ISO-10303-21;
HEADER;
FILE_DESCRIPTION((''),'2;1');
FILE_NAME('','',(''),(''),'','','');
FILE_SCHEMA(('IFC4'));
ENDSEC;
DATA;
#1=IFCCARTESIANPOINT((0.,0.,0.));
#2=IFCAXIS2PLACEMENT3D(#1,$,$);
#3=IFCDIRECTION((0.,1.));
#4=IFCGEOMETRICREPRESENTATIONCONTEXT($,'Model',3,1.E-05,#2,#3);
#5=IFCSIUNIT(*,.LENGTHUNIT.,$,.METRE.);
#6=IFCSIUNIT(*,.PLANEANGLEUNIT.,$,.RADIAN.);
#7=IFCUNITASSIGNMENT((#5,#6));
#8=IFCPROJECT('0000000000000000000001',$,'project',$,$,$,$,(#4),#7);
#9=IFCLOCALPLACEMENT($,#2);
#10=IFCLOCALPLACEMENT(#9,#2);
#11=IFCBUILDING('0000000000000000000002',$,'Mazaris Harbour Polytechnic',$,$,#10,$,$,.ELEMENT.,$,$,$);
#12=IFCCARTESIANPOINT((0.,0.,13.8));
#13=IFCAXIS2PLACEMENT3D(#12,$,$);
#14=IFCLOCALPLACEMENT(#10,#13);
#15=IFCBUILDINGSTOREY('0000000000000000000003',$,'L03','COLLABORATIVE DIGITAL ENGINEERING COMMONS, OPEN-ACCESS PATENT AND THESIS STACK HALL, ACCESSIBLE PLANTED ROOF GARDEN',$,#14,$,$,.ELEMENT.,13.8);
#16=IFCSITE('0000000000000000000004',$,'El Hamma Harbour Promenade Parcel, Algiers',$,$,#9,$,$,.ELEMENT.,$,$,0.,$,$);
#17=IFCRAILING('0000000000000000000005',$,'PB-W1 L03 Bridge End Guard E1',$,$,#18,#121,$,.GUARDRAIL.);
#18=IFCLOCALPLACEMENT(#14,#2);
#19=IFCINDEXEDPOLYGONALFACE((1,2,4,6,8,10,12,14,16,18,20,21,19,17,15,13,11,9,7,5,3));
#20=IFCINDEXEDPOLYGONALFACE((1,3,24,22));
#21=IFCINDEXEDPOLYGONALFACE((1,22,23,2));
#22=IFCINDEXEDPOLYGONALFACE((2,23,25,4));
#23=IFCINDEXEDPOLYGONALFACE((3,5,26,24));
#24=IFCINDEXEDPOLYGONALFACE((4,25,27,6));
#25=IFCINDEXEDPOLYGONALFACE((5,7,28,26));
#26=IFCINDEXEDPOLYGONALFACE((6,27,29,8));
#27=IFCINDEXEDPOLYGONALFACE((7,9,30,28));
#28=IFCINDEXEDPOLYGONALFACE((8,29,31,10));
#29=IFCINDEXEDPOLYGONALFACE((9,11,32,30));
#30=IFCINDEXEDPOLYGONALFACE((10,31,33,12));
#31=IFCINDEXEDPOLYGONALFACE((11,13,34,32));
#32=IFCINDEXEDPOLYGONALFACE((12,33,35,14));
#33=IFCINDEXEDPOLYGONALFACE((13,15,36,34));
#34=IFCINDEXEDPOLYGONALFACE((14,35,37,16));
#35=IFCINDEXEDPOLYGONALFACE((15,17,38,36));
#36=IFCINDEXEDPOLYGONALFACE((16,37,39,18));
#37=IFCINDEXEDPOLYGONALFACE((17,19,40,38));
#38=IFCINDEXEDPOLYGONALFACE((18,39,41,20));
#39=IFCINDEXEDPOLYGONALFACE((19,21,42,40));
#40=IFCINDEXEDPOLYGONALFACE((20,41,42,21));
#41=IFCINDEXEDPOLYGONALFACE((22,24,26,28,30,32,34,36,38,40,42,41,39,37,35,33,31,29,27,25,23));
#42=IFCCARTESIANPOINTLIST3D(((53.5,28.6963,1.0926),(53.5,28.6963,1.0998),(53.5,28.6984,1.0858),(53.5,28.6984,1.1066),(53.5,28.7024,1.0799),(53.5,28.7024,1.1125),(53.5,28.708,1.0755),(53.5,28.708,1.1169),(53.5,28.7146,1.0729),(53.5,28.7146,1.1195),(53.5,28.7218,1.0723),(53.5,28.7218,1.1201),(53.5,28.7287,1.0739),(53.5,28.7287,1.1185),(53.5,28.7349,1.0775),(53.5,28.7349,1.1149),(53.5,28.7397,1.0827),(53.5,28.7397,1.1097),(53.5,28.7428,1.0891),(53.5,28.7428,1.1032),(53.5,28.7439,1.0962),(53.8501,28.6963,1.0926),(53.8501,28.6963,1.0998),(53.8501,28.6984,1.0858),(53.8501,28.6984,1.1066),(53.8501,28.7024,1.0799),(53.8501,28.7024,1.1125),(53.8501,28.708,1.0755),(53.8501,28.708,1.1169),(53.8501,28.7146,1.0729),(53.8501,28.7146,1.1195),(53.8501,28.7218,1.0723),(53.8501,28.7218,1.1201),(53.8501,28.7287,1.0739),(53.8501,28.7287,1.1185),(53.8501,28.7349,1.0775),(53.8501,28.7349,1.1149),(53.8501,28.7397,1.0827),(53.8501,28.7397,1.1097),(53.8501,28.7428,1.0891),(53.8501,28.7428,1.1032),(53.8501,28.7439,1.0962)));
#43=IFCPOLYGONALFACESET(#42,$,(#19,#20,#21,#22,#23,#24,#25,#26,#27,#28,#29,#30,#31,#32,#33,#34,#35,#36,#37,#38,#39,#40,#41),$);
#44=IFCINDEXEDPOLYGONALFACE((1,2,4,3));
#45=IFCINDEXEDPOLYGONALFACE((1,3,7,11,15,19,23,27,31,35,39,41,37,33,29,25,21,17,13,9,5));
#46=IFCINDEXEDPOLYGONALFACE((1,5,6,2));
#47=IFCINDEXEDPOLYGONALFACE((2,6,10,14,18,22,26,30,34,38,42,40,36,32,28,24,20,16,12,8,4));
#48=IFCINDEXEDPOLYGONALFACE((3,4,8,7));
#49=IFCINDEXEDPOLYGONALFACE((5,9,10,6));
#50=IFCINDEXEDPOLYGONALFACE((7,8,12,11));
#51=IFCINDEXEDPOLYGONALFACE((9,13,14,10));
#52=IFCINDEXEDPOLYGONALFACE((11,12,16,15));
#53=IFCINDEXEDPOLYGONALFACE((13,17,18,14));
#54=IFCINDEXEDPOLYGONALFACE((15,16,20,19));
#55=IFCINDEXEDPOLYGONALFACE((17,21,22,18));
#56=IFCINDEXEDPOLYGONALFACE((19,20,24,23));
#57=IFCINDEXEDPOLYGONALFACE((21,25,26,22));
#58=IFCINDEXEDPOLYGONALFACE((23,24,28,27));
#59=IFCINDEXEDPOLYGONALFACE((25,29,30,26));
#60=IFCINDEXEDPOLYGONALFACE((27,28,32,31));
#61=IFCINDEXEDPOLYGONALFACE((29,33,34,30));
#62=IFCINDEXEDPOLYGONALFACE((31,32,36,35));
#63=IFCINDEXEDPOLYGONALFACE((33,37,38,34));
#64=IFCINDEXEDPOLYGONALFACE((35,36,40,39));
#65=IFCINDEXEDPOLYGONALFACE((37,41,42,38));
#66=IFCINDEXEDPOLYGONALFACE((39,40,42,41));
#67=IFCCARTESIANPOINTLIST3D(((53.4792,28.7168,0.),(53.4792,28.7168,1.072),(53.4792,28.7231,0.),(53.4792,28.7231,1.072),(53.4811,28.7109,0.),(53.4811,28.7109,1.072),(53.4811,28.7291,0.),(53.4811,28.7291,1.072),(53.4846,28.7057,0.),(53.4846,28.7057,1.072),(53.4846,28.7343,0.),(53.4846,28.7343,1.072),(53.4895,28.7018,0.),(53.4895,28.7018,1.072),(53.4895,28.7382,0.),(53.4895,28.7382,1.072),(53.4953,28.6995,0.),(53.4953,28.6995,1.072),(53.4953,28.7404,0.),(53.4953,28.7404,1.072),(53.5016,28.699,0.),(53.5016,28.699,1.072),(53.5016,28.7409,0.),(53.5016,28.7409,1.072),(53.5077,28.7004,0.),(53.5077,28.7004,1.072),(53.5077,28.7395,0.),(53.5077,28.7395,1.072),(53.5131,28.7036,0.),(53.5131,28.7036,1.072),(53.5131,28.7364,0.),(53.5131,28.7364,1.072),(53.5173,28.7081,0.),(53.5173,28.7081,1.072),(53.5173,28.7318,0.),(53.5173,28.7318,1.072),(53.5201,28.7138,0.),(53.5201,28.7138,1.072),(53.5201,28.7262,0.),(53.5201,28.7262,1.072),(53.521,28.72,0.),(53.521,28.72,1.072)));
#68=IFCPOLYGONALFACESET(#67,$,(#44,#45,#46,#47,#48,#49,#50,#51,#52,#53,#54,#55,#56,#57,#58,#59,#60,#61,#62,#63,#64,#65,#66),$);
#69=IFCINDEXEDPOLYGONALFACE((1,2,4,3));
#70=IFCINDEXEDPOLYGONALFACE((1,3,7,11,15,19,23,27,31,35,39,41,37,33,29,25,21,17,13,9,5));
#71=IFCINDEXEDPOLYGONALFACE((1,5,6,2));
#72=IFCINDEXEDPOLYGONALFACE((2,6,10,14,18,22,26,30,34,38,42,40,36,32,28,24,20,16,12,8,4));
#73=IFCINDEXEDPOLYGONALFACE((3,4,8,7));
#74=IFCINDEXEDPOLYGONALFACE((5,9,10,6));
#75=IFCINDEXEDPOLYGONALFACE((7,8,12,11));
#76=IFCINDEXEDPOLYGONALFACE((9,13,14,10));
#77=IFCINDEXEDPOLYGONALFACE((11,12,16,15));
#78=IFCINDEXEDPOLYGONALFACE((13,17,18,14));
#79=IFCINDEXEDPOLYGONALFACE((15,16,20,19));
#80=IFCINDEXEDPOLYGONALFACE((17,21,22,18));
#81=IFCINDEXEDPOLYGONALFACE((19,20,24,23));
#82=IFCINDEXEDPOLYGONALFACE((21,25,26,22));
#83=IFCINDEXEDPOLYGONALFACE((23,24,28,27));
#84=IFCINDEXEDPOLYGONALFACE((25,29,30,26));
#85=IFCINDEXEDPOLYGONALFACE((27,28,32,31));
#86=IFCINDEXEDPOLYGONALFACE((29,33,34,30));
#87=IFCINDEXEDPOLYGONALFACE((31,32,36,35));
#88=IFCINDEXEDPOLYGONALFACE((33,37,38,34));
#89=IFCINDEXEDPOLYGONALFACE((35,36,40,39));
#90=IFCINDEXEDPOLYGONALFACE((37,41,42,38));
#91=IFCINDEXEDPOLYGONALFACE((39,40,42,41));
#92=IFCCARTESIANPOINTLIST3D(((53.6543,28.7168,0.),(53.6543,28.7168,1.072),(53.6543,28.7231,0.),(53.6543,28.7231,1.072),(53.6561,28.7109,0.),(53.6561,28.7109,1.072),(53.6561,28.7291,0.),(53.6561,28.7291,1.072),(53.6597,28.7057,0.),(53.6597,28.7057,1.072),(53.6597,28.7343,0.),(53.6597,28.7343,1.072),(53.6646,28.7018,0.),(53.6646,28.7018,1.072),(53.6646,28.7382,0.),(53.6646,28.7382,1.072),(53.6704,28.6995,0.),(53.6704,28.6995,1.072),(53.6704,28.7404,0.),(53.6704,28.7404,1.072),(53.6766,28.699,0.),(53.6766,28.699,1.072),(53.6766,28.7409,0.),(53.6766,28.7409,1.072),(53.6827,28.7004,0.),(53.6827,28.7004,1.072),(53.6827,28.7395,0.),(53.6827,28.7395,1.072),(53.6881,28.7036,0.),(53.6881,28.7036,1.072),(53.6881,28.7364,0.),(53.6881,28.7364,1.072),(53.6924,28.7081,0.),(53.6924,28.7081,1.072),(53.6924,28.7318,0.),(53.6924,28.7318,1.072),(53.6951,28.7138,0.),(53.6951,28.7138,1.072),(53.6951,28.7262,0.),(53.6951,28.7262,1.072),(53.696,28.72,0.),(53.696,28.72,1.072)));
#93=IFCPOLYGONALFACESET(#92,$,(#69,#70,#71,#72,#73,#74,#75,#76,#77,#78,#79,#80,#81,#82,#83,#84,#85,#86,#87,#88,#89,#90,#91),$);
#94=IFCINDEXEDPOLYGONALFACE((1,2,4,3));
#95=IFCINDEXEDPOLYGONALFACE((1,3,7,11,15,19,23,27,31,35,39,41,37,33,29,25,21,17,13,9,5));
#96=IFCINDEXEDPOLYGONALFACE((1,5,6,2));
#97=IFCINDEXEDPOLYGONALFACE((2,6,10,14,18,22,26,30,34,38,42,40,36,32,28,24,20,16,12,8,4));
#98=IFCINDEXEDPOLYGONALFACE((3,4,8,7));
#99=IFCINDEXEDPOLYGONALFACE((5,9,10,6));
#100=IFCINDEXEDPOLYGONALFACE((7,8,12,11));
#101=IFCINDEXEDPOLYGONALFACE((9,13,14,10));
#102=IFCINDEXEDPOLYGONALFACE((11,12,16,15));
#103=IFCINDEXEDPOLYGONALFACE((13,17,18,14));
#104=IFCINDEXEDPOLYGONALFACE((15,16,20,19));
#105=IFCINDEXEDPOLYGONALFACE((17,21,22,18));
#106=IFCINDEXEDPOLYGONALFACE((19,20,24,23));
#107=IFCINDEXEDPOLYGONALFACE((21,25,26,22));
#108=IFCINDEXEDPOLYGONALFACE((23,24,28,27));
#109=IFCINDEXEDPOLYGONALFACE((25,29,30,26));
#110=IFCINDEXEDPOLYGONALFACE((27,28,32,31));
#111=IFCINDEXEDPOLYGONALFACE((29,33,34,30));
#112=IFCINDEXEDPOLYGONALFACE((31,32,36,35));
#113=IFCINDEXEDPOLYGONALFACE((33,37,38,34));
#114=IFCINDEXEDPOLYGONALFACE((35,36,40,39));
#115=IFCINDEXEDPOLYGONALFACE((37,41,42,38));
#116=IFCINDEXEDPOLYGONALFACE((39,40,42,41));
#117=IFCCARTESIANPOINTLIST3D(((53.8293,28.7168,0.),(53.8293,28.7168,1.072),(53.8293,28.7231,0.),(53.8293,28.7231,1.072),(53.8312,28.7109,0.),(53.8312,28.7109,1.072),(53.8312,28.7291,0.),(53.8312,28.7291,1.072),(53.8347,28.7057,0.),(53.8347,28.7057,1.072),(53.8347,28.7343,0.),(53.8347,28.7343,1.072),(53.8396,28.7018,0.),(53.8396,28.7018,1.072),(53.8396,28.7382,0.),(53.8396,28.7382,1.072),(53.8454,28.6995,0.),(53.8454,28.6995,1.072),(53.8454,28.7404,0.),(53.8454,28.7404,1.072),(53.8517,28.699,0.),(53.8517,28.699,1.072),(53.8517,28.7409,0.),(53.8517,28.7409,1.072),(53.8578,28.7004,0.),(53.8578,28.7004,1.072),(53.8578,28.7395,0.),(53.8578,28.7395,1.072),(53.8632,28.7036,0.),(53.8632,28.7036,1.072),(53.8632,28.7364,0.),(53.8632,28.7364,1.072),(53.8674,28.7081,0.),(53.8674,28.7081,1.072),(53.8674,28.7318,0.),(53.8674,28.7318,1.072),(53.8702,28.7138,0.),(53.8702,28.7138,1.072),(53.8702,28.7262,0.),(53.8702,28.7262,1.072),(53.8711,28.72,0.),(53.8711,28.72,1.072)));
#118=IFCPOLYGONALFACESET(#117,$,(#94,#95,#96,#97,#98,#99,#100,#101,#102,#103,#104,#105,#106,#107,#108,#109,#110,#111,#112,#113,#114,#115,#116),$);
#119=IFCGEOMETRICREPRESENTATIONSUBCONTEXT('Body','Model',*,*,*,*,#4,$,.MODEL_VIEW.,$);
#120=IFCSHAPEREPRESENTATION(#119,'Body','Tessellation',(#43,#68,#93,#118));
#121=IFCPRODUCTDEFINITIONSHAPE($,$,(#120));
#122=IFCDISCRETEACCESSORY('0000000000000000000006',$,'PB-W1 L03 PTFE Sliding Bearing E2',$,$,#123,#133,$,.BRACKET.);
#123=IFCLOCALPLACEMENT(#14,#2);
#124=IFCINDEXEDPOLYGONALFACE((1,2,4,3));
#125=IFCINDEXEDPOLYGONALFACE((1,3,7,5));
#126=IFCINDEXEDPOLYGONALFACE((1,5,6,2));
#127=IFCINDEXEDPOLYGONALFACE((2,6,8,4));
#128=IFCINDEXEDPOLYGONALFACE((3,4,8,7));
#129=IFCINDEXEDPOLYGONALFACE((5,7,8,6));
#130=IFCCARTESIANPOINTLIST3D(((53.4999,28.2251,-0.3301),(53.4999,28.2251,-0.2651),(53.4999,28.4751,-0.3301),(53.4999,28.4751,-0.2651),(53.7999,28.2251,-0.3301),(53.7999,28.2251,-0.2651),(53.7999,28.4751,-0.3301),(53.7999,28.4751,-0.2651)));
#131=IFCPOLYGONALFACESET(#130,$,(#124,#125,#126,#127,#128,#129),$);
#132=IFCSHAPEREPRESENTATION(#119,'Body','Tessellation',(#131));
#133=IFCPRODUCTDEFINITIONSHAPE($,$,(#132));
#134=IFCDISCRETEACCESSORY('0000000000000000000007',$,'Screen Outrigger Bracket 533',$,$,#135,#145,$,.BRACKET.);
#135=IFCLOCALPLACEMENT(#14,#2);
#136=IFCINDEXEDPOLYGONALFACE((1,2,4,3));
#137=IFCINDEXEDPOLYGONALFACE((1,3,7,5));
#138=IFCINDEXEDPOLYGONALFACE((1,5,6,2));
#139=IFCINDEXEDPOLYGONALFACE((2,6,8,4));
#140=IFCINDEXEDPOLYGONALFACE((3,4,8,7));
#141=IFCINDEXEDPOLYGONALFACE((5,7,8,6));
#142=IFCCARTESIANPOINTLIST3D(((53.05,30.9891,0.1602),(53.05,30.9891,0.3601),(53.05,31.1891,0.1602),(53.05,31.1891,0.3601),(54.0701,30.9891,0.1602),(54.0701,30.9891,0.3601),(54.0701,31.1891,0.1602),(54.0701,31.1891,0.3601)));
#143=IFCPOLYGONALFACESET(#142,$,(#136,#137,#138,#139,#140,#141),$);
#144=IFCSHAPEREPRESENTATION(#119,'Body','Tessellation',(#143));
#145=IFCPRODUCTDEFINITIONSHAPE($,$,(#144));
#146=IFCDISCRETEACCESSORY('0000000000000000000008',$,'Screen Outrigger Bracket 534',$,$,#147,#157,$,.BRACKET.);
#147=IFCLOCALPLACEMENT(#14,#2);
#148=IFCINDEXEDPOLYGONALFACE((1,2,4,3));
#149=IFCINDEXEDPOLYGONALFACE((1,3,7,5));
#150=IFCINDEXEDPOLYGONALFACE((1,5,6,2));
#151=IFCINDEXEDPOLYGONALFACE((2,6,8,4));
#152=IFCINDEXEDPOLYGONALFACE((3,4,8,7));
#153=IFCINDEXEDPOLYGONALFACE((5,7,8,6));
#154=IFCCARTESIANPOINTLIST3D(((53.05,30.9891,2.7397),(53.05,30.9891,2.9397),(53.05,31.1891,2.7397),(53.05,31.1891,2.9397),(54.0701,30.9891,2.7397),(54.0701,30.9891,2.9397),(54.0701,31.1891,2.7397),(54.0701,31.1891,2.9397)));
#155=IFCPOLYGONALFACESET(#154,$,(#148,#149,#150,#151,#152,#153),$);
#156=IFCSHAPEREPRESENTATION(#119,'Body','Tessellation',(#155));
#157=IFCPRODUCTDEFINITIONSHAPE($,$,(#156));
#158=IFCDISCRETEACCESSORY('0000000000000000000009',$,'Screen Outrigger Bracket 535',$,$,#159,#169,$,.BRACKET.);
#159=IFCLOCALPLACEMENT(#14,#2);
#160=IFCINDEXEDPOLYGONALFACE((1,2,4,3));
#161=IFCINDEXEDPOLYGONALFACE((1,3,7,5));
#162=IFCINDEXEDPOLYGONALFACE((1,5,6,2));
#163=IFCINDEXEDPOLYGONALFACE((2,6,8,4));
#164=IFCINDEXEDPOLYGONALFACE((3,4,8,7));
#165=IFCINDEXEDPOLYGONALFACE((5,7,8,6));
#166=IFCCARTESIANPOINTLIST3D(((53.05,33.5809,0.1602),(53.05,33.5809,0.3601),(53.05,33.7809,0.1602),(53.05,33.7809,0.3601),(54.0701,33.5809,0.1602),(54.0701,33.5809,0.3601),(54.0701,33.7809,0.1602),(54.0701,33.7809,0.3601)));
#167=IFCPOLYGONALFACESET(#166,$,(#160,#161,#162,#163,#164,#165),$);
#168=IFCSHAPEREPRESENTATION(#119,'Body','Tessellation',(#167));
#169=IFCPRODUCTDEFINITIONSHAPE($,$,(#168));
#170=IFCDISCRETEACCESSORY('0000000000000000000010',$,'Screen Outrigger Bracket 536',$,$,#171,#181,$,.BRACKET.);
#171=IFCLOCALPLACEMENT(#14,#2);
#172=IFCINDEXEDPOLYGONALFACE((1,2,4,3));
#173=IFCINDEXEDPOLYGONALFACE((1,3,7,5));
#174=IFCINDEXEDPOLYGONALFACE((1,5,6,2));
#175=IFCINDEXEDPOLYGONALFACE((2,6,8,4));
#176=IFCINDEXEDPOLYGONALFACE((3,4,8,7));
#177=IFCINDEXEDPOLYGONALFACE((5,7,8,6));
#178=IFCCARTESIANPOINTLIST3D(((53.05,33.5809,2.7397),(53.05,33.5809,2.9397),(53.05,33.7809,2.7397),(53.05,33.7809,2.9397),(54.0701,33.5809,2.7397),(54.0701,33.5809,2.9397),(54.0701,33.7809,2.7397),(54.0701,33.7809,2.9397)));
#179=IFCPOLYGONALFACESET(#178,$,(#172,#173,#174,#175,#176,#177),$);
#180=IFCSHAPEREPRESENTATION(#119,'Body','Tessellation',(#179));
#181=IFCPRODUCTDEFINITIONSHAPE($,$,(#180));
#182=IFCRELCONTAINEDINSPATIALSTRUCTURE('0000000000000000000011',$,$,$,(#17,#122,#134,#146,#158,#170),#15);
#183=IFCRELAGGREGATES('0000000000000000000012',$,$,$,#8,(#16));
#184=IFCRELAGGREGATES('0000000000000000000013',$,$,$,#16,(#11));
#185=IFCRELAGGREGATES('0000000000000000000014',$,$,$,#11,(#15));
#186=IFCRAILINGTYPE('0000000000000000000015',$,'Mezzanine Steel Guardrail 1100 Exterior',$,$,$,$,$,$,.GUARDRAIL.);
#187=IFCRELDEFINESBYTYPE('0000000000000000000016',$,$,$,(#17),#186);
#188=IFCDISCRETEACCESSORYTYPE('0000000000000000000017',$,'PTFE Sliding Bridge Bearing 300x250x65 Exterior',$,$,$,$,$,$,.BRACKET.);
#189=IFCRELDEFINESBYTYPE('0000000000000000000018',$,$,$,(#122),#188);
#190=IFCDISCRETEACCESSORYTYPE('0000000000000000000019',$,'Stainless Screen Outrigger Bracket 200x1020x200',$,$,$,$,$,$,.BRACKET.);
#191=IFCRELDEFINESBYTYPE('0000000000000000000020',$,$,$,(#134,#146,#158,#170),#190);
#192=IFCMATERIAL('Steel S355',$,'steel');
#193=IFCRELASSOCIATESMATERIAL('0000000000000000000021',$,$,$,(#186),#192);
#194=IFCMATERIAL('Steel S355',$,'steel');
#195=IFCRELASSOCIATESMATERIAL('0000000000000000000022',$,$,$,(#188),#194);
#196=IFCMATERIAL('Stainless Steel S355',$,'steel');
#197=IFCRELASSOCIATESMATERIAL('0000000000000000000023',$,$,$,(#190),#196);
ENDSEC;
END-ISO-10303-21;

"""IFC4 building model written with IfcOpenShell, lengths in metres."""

from ifc_helpers import new_model, si_unit, direction, frame, origin, origin_2d, place, context, subcontext, project, spatial, rectangle, circle, extrude, material, type_object, element, save


model = new_model("IFC4")

# Units and contexts
model_context = context("Model", 3, precision=1e-05, world=origin(), true_north=direction((0.0, 1.0)))
body_context = subcontext(model_context, "Body", "Model", "MODEL_VIEW")
ifc_project = project(units=[si_unit("LENGTHUNIT", "METRE"), si_unit("PLANEANGLEUNIT", "RADIAN")], contexts=[model_context])

# Site, building, storey
site_placement = place(None, origin())
site = spatial("IfcSite", under=ifc_project, at=site_placement, Name="El Hamma Harbour Promenade Parcel, Algiers", CompositionType="ELEMENT", RefElevation=0.0)
building_placement = place(site_placement, origin())
building = spatial("IfcBuilding", under=site, at=building_placement, Name="Mazaris Harbour Polytechnic", CompositionType="ELEMENT")
storey_placement = place(building_placement, frame((0.0, 0.0, 13.8)))
storey = spatial("IfcBuildingStorey", under=building, at=storey_placement, Name="L03", Description="COLLABORATIVE DIGITAL ENGINEERING COMMONS, OPEN-ACCESS PATENT AND THESIS STACK HALL, ACCESSIBLE PLANTED ROOF GARDEN", CompositionType="ELEMENT", Elevation=13.8)

# Railing
ifc_material_1 = material(Name="Steel S355", Category="steel")
railing_type_1 = type_object("IfcRailingType", Name="Mezzanine Steel Guardrail 1100 Exterior", PredefinedType="GUARDRAIL", material=ifc_material_1)
railing_placement = place(storey_placement, frame((53.5, 28.72, 0.0)))
element("IfcRailing", 1, at=railing_placement, inside=storey, type_object=railing_type_1, Name="PB-W1 L03 Bridge End Guard E1", PredefinedType="GUARDRAIL", context=body_context, shape_type="SweptSolid", body=[
    extrude(circle(Radius=0.0239, at=origin_2d()), frame((0.0, 0.0, 1.0962), z_axis=(1.0, 0.0, 0.0), x_axis=(0.0, 1.0, 0.0)), (0.0, 0.0, 1.0), 0.3501),
    extrude(circle(Radius=0.021, at=origin_2d()), origin(), (0.0, 0.0, 1.0), 1.072),
    extrude(circle(Radius=0.021, at=origin_2d()), frame((0.175, 0.0, 0.0)), (0.0, 0.0, 1.0), 1.072),
    extrude(circle(Radius=0.021, at=origin_2d()), frame((0.3501, 0.0, 0.0)), (0.0, 0.0, 1.0), 1.072),
])

# Discrete accessories
ifc_material_2 = material(Name="Steel S355", Category="steel")
discrete_accessory_type_1 = type_object("IfcDiscreteAccessoryType", Name="PTFE Sliding Bridge Bearing 300x250x65 Exterior", PredefinedType="BRACKET", material=ifc_material_2)
discrete_accessory_placement = place(storey_placement, frame((53.6499, 28.3501, -0.3301), z_axis=(0.0, 0.0, 1.0), x_axis=(1.0, 0.0, 0.0)))
element("IfcDiscreteAccessory", 2, at=discrete_accessory_placement, inside=storey, type_object=discrete_accessory_type_1, Name="PB-W1 L03 PTFE Sliding Bearing E2", PredefinedType="BRACKET", context=body_context, shape_type="SweptSolid", body=[
    extrude(rectangle(XDim=0.3, YDim=0.25, at=origin_2d()), origin(), (0.0, 0.0, 1.0), 0.0649),
])
ifc_material_3 = material(Name="Stainless Steel S355", Category="steel")
discrete_accessory_type_2 = type_object("IfcDiscreteAccessoryType", Name="Stainless Screen Outrigger Bracket 200x1020x200", PredefinedType="BRACKET", material=ifc_material_3)
for number, where, z_axis, x_axis, name in (
    (3, (53.5601, 31.0891, 0.1602), (0.0, 0.0, 1.0), (0.0, 1.0, 0.0), "Screen Outrigger Bracket 533"),
    (4, (53.5601, 31.0891, 2.7397), (0.0, 0.0, 1.0), (0.0, 1.0, 0.0), "Screen Outrigger Bracket 534"),
    (5, (53.5601, 33.6809, 0.1602), (0.0, 0.0, 1.0), (0.0, 1.0, 0.0), "Screen Outrigger Bracket 535"),
    (6, (53.5601, 33.6809, 2.7397), (0.0, 0.0, 1.0), (0.0, 1.0, 0.0), "Screen Outrigger Bracket 536"),
):
    element("IfcDiscreteAccessory", number, at=place(storey_placement, frame(where, z_axis=z_axis, x_axis=x_axis)), inside=storey, type_object=discrete_accessory_type_2, Name=name, PredefinedType="BRACKET", context=body_context, shape_type="SweptSolid", body=[
        extrude(rectangle(XDim=0.2, YDim=1.02, at=origin_2d()), origin(), (0.0, 0.0, 1.0), 0.2),
    ])

save(model, "model.ifc")
